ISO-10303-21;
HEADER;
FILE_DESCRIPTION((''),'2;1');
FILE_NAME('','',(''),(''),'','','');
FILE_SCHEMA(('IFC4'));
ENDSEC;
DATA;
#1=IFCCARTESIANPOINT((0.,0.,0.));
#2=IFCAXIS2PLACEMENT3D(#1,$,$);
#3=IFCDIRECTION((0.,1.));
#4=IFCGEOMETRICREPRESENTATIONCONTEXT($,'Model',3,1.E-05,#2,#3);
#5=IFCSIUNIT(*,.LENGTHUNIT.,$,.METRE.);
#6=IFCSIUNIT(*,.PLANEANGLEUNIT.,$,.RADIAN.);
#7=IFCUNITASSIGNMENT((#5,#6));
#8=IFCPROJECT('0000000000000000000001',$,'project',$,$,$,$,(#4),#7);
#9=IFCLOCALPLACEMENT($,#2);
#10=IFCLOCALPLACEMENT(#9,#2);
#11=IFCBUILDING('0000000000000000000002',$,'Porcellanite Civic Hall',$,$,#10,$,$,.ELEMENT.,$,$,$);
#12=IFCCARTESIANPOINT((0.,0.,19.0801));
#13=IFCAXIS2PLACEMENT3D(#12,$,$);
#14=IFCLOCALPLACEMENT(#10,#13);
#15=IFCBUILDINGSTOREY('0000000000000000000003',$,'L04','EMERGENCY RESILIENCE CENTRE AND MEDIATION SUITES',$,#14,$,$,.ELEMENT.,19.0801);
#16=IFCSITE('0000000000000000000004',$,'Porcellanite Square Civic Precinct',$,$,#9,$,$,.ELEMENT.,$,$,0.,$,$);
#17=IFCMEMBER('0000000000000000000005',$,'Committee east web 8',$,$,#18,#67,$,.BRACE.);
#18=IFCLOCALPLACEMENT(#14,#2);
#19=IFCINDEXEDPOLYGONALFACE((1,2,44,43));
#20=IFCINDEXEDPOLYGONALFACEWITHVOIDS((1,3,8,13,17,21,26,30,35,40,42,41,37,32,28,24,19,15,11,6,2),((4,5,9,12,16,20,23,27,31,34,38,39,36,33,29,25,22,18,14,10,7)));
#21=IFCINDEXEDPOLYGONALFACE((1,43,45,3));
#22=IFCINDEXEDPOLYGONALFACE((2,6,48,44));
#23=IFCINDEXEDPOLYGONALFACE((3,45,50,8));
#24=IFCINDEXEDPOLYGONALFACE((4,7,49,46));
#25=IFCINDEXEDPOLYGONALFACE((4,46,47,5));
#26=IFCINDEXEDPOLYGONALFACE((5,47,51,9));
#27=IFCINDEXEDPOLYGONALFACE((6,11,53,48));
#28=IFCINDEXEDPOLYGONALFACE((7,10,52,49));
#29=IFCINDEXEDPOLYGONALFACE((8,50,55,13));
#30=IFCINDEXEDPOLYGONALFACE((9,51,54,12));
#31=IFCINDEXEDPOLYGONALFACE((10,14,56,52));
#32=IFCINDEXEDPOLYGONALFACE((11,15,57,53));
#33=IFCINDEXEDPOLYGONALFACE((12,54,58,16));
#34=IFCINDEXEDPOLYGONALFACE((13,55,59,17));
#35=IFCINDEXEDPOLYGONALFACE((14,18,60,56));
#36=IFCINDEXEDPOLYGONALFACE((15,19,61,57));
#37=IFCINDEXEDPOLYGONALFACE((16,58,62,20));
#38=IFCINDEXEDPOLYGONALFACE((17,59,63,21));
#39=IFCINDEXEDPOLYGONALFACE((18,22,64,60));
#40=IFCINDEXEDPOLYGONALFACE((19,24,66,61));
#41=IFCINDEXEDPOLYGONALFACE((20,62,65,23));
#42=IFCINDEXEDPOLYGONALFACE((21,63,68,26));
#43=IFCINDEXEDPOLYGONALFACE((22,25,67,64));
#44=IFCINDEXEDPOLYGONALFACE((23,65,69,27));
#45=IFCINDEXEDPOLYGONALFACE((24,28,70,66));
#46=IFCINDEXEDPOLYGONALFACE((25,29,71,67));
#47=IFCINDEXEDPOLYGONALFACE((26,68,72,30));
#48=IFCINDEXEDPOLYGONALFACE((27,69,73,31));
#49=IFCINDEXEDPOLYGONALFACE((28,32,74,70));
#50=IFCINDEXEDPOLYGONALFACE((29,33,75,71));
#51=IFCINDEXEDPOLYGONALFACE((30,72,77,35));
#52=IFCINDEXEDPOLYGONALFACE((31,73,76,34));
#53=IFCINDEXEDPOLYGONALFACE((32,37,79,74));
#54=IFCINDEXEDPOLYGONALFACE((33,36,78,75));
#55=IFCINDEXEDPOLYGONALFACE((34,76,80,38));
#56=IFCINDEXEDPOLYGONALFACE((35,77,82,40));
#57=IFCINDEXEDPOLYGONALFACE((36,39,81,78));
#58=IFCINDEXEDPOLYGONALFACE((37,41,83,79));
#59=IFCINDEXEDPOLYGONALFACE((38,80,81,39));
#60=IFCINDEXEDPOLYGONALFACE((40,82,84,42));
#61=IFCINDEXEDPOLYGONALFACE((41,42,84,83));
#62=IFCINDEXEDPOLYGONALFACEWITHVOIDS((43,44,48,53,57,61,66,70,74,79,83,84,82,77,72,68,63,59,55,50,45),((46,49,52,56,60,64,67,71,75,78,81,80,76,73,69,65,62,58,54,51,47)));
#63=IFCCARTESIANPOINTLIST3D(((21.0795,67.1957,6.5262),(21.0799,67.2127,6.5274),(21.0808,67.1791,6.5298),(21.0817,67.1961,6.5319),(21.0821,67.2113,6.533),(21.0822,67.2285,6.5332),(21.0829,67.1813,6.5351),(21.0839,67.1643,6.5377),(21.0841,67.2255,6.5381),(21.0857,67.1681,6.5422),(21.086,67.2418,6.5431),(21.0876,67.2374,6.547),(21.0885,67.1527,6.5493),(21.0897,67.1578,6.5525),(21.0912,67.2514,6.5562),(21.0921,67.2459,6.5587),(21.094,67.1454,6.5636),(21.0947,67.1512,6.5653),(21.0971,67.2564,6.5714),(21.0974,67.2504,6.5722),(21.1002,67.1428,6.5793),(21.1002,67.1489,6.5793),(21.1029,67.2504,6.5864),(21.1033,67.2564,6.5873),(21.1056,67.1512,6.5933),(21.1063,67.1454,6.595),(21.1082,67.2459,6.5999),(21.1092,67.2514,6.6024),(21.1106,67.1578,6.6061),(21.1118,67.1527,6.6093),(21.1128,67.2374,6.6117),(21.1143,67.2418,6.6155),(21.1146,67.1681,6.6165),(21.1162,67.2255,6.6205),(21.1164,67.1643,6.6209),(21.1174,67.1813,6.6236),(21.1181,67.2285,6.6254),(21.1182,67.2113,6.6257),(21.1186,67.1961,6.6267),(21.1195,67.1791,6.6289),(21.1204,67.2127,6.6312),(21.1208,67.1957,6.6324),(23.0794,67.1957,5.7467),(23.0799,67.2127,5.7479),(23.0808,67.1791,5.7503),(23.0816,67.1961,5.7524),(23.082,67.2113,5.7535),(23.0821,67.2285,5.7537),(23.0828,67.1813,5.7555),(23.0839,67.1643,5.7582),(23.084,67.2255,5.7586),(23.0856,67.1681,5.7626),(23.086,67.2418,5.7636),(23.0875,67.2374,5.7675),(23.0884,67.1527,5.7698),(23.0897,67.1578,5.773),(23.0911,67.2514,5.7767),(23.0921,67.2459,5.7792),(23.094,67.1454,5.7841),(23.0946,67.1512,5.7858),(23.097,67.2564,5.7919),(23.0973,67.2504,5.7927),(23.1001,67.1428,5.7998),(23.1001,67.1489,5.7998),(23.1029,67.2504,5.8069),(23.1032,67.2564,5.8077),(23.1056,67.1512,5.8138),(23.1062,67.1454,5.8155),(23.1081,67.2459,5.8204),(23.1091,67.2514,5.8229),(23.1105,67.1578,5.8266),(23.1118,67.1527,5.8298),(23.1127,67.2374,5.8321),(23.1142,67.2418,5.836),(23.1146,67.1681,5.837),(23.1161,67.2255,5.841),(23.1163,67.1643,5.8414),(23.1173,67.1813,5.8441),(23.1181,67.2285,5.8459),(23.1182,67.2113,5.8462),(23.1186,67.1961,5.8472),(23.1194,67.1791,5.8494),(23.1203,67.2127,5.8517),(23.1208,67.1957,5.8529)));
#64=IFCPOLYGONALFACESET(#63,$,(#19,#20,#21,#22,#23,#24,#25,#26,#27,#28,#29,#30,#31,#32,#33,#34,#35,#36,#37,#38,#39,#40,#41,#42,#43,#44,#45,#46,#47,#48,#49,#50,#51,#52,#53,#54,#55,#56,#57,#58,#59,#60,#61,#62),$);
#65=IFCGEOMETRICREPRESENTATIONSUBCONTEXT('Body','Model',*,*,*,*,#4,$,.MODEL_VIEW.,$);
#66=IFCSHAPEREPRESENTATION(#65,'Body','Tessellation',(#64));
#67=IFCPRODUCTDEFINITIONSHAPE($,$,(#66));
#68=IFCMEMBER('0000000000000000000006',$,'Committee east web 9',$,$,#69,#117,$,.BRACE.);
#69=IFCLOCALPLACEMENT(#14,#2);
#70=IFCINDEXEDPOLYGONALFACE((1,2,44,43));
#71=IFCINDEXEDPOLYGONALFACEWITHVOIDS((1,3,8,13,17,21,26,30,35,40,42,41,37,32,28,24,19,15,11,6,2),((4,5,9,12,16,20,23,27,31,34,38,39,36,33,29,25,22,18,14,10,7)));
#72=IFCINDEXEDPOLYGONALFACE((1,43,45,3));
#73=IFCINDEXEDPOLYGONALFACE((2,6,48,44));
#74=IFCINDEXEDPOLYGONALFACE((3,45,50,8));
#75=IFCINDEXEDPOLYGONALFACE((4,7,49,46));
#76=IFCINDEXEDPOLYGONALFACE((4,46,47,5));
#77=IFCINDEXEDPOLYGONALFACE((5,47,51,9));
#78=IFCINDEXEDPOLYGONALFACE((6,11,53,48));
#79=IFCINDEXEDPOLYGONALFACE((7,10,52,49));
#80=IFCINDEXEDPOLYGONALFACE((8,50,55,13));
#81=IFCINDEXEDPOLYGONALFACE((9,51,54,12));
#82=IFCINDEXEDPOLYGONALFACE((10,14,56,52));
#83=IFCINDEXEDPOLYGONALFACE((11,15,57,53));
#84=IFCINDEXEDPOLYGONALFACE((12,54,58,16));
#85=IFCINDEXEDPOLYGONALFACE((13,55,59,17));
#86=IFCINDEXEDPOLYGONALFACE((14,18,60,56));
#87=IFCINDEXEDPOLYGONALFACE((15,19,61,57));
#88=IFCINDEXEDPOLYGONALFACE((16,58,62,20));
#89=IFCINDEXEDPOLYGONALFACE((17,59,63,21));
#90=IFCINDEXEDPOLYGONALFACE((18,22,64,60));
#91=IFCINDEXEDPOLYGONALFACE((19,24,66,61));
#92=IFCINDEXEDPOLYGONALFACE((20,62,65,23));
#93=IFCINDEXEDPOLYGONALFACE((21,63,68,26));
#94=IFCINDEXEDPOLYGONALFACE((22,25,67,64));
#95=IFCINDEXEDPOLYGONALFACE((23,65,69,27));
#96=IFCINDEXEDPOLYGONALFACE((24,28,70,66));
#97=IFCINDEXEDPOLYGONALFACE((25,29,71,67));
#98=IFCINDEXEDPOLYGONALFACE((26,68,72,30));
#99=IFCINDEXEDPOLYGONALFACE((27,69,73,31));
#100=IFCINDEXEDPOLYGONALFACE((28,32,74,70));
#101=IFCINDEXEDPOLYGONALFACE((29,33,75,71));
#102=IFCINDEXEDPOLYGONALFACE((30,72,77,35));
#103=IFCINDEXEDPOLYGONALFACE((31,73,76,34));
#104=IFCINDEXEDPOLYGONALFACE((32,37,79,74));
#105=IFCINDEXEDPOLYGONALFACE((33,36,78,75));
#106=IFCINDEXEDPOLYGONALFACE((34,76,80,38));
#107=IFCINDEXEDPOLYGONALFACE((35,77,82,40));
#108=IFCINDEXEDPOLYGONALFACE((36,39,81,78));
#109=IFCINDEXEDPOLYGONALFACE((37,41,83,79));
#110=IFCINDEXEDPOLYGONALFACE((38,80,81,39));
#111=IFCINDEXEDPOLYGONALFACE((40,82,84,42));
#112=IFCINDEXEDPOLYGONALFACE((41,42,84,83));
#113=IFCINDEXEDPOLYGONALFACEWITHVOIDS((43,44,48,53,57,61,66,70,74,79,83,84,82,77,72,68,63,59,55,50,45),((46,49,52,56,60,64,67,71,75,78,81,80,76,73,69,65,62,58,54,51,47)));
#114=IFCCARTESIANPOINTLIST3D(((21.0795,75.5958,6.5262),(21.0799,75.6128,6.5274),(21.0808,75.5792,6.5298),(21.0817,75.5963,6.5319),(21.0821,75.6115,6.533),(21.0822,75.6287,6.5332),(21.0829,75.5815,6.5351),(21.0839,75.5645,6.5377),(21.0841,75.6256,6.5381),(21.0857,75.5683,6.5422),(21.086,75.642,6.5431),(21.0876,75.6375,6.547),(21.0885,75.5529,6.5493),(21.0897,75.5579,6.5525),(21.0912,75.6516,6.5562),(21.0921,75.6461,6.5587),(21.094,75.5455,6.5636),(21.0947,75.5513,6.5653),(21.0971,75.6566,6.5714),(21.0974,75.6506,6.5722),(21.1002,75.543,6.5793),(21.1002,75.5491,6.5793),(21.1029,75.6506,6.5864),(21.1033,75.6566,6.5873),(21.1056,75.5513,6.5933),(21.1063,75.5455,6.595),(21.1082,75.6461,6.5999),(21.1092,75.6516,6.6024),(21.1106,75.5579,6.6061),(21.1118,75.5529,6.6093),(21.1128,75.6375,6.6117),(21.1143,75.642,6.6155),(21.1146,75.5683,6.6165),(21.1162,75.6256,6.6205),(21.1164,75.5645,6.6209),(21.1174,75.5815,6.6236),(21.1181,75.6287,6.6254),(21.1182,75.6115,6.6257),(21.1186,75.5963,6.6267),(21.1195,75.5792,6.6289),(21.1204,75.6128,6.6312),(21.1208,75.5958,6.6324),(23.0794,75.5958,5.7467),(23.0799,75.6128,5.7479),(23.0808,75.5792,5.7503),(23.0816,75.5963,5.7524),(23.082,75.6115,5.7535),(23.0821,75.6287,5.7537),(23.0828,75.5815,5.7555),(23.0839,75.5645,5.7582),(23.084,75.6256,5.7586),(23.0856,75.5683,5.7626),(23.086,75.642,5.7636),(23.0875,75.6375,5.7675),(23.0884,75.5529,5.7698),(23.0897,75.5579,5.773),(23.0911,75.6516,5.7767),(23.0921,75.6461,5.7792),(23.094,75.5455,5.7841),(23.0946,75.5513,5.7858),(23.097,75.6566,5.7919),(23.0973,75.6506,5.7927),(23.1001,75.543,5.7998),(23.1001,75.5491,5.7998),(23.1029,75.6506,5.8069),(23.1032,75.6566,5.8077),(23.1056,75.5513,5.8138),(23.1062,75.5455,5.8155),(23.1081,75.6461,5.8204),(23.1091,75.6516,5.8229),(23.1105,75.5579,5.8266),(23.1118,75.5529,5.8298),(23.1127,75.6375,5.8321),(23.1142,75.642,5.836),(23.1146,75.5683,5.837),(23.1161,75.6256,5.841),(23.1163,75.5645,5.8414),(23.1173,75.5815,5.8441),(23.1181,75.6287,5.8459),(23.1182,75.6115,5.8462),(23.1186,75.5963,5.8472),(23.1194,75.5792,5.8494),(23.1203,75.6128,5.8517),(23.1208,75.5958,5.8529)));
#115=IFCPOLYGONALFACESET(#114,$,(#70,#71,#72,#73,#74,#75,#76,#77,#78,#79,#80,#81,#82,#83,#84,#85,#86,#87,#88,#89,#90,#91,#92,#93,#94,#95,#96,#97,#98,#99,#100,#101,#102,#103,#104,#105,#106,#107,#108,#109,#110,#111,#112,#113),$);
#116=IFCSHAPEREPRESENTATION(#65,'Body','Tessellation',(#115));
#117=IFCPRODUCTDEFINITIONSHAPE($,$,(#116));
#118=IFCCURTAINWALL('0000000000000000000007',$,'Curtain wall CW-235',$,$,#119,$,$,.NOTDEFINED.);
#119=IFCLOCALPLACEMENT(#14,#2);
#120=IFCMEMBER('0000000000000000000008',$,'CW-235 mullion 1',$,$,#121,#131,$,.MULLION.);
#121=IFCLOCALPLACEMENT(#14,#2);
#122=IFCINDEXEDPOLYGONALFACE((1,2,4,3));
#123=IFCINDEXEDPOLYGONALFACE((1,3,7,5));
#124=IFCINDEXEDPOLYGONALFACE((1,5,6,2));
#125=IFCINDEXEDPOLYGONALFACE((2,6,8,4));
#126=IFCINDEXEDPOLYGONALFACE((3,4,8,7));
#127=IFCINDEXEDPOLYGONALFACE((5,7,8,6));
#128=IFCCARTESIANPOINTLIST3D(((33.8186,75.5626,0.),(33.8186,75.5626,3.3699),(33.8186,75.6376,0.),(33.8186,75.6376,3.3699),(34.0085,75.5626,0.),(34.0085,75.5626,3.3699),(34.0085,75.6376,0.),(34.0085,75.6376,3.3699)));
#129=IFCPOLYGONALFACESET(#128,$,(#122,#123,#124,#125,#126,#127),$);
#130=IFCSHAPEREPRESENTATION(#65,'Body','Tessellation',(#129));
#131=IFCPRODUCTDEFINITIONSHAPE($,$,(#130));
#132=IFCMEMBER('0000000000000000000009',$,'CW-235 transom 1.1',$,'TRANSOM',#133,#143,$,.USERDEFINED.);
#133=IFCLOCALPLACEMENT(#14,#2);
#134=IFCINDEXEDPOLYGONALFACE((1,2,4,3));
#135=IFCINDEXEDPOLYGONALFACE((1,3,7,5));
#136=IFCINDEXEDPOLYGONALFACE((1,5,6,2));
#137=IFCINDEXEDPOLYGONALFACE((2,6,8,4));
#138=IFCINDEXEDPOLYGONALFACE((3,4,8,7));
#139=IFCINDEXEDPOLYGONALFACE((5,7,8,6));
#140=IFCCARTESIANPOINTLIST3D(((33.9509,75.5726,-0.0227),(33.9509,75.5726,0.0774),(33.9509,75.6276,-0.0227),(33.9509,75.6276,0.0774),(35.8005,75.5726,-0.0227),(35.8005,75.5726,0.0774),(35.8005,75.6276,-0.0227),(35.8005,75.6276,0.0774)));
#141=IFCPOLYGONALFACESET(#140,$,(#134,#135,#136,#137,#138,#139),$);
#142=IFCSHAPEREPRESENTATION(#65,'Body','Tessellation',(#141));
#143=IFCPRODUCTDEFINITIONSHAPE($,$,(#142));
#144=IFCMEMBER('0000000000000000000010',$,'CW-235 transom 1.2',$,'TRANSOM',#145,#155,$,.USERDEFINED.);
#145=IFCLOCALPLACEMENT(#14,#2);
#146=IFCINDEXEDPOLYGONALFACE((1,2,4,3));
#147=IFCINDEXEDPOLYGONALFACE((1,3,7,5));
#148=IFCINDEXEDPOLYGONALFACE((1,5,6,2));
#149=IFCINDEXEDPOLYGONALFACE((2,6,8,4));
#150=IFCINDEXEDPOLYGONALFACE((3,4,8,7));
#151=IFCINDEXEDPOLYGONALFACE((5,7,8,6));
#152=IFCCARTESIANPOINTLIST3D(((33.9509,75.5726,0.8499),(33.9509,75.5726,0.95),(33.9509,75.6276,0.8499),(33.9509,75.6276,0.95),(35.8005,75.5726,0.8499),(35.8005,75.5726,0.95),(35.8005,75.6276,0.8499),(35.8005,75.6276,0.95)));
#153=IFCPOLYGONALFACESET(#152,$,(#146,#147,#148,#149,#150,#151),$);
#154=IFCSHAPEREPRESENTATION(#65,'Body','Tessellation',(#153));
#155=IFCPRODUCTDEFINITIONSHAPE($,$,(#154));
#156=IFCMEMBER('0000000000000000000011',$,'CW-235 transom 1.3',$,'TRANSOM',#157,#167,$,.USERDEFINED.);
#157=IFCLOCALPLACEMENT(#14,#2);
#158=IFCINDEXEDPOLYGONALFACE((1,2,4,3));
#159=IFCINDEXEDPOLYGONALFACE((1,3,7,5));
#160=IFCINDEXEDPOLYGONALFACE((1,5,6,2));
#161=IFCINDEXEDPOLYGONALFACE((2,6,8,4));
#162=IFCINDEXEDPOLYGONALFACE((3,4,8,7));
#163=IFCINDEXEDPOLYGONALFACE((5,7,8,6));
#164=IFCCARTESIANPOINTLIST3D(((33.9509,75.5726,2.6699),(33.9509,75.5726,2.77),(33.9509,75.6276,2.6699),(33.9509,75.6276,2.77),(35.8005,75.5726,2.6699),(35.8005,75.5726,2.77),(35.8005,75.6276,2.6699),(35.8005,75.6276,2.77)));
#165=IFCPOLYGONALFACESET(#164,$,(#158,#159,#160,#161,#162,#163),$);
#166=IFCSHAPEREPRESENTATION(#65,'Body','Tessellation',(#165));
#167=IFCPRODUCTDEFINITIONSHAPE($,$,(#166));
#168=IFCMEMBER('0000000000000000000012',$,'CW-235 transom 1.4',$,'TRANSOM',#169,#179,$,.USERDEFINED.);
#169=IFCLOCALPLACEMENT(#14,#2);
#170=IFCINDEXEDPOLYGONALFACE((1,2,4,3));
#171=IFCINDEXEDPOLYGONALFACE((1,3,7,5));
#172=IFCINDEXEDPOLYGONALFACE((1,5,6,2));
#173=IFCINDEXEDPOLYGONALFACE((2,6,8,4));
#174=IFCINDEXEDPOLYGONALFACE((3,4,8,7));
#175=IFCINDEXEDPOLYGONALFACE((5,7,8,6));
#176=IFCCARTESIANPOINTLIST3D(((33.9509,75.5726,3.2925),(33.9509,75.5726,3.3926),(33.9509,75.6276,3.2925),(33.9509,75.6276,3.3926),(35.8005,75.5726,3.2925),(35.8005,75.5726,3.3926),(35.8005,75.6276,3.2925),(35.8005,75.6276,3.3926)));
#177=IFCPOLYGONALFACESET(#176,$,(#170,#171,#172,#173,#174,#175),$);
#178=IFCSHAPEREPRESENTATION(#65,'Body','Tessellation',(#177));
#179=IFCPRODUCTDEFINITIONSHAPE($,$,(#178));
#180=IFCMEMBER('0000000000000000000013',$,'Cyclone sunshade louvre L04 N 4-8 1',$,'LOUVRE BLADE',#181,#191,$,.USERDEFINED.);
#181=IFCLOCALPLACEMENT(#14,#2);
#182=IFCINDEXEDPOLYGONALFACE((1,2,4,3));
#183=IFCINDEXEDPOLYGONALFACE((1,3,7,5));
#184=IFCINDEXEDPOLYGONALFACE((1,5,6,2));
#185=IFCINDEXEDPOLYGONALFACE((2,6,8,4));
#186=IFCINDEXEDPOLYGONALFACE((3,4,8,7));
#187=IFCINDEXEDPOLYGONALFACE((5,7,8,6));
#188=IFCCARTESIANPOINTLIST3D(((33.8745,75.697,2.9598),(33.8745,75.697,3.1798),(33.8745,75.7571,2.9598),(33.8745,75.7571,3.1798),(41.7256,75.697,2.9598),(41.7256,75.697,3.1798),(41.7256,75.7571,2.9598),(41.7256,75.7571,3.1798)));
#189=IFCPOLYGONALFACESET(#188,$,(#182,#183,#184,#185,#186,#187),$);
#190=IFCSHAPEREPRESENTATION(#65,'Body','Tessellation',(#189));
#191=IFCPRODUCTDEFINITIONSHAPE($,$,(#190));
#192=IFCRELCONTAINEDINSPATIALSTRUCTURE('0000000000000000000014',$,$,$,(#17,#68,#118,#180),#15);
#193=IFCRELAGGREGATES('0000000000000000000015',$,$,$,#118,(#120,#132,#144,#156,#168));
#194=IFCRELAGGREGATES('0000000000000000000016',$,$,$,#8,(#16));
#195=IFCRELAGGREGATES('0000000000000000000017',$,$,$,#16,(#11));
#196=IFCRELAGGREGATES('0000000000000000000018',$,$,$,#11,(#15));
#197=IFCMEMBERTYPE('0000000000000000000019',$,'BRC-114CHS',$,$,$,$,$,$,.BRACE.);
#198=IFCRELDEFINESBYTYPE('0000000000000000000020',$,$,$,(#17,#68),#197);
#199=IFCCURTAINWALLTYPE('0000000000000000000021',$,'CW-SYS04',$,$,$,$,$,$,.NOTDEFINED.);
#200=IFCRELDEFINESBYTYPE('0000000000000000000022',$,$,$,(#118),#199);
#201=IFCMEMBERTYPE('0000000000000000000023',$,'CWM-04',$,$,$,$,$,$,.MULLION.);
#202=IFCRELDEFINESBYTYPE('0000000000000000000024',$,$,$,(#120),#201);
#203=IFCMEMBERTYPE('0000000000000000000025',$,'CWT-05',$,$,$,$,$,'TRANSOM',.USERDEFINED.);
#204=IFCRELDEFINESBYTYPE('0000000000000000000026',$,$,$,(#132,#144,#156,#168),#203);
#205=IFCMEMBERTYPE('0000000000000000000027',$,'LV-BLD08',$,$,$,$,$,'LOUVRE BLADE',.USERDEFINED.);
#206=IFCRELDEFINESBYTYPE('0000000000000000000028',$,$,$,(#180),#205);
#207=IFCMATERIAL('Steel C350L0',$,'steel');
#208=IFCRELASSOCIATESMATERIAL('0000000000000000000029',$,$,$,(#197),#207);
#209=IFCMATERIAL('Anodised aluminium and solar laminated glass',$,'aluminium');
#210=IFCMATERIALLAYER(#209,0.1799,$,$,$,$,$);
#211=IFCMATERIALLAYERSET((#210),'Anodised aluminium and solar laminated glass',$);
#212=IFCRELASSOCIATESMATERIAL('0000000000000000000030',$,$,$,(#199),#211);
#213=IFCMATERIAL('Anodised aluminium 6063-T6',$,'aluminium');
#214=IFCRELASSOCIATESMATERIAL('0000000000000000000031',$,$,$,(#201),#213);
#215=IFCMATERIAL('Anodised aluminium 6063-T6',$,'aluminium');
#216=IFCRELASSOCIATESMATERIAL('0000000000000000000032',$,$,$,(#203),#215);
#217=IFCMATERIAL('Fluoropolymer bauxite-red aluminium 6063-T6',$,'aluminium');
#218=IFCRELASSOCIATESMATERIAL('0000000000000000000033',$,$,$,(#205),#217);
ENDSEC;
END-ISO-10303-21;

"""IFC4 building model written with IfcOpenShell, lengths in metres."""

from ifc_helpers import new_model, si_unit, direction, frame, origin, origin_2d, place, context, subcontext, project, spatial, rectangle, hollow_circle, extrude, material, layer, layer_set, material_profile, profile_set, type_object, element, aggregate, save


model = new_model("IFC4")

# Units and contexts
model_context = context("Model", 3, precision=1e-05, world=origin(), true_north=direction((0.0, 1.0)))
body_context = subcontext(model_context, "Body", "Model", "MODEL_VIEW")
ifc_project = project(units=[si_unit("LENGTHUNIT", "METRE"), si_unit("PLANEANGLEUNIT", "RADIAN")], contexts=[model_context])

# Site, building, storey
site_placement = place(None, origin())
site = spatial("IfcSite", under=ifc_project, at=site_placement, Name="Porcellanite Square Civic Precinct", CompositionType="ELEMENT", RefElevation=0.0)
building_placement = place(site_placement, origin())
building = spatial("IfcBuilding", under=site, at=building_placement, Name="Porcellanite Civic Hall", CompositionType="ELEMENT")
storey_placement = place(building_placement, frame((0.0, 0.0, 19.0801)))
storey = spatial("IfcBuildingStorey", under=building, at=storey_placement, Name="L04", Description="EMERGENCY RESILIENCE CENTRE AND MEDIATION SUITES", CompositionType="ELEMENT", Elevation=19.0801)

# Members
ifc_material_1 = material(Name="Steel C350L0", Category="steel")
ifc_material_profile_1 = material_profile(ifc_material_1, hollow_circle(Radius=0.0571, WallThickness=0.0061, at=origin_2d()), Name="114.3x6.0CHS")
ifc_profile_set_1 = profile_set([ifc_material_profile_1], Name="Steel C350L0")
member_type_1 = type_object("IfcMemberType", Name="BRC-114CHS", PredefinedType="BRACE", material=ifc_profile_set_1)
for number, where, z_axis, x_axis, name in (
    (1, (23.1001, 67.2, 5.7998), (-0.931727, 0.0, 0.36316), (0.0, -1.0, 0.0), "Committee east web 8"),
    (2, (23.1001, 75.6001, 5.7998), (-0.931727, 0.0, 0.36316), (0.0, -1.0, 0.0), "Committee east web 9"),
):
    element("IfcMember", number, at=place(storey_placement, frame(where, z_axis=z_axis, x_axis=x_axis)), inside=storey, type_object=member_type_1, Name=name, PredefinedType="BRACE", context=body_context, shape_type="SweptSolid", body=[
        extrude(hollow_circle(Radius=0.0571, WallThickness=0.0061, at=origin_2d()), origin(), (0.0, 0.0, 1.0), 2.1465),
    ])

# Curtain wall, members
ifc_material_2 = material(Name="Anodised aluminium and solar laminated glass", Category="aluminium")
ifc_layer_1 = layer(ifc_material_2, 0.1799)
ifc_layer_set_1 = layer_set([ifc_layer_1], Name="Anodised aluminium and solar laminated glass")
curtain_wall_type = type_object("IfcCurtainWallType", Name="CW-SYS04", PredefinedType="NOTDEFINED", material=ifc_layer_set_1)
curtain_wall_placement = place(storey_placement, origin())
curtain_wall = element("IfcCurtainWall", 3, at=curtain_wall_placement, inside=storey, type_object=curtain_wall_type, Name="Curtain wall CW-235", PredefinedType="NOTDEFINED")
ifc_material_3 = material(Name="Anodised aluminium 6063-T6", Category="aluminium")
ifc_material_profile_2 = material_profile(ifc_material_3, rectangle(XDim=0.075, YDim=0.1899, at=origin_2d()), Name="AL-75x190")
ifc_profile_set_2 = profile_set([ifc_material_profile_2], Name="Anodised aluminium 6063-T6")
member_type_2 = type_object("IfcMemberType", Name="CWM-04", PredefinedType="MULLION", material=ifc_profile_set_2)
member_1_placement = place(storey_placement, frame((33.9136, 75.6001, 0.0), z_axis=(0.0, 0.0, 1.0), x_axis=(0.0, 1.0, 0.0)))
member_1 = element("IfcMember", 4, at=member_1_placement, type_object=member_type_2, Name="CW-235 mullion 1", PredefinedType="MULLION", context=body_context, shape_type="SweptSolid", body=[
    extrude(rectangle(XDim=0.075, YDim=0.1899, at=origin_2d()), origin(), (0.0, 0.0, 1.0), 3.3699),
])
ifc_material_4 = material(Name="Anodised aluminium 6063-T6", Category="aluminium")
ifc_material_profile_3 = material_profile(ifc_material_4, rectangle(XDim=0.0549, YDim=0.1001, at=origin_2d()), Name="AL-55x100")
ifc_profile_set_3 = profile_set([ifc_material_profile_3], Name="Anodised aluminium 6063-T6")
member_type_3 = type_object("IfcMemberType", Name="CWT-05", ElementType="TRANSOM", PredefinedType="USERDEFINED", material=ifc_profile_set_3)
member_2_placement = place(storey_placement, frame((33.9509, 75.6001, 0.0273), z_axis=(1.0, 0.0, 0.0), x_axis=(0.0, 1.0, 0.0)))
member_2 = element("IfcMember", 5, at=member_2_placement, type_object=member_type_3, Name="CW-235 transom 1.1", ObjectType="TRANSOM", PredefinedType="USERDEFINED", context=body_context, shape_type="SweptSolid", body=[
    extrude(rectangle(XDim=0.0549, YDim=0.1001, at=origin_2d()), origin(), (0.0, 0.0, 1.0), 1.8496),
])
member_3_placement = place(storey_placement, frame((33.9509, 75.6001, 0.8999), z_axis=(1.0, 0.0, 0.0), x_axis=(0.0, 1.0, 0.0)))
member_3 = element("IfcMember", 6, at=member_3_placement, type_object=member_type_3, Name="CW-235 transom 1.2", ObjectType="TRANSOM", PredefinedType="USERDEFINED", context=body_context, shape_type="SweptSolid", body=[
    extrude(rectangle(XDim=0.0549, YDim=0.1001, at=origin_2d()), origin(), (0.0, 0.0, 1.0), 1.8496),
])
member_4_placement = place(storey_placement, frame((33.9509, 75.6001, 2.72), z_axis=(1.0, 0.0, 0.0), x_axis=(0.0, 1.0, 0.0)))
member_4 = element("IfcMember", 7, at=member_4_placement, type_object=member_type_3, Name="CW-235 transom 1.3", ObjectType="TRANSOM", PredefinedType="USERDEFINED", context=body_context, shape_type="SweptSolid", body=[
    extrude(rectangle(XDim=0.0549, YDim=0.1001, at=origin_2d()), origin(), (0.0, 0.0, 1.0), 1.8496),
])
member_5_placement = place(storey_placement, frame((33.9509, 75.6001, 3.3425), z_axis=(1.0, 0.0, 0.0), x_axis=(0.0, 1.0, 0.0)))
member_5 = element("IfcMember", 8, at=member_5_placement, type_object=member_type_3, Name="CW-235 transom 1.4", ObjectType="TRANSOM", PredefinedType="USERDEFINED", context=body_context, shape_type="SweptSolid", body=[
    extrude(rectangle(XDim=0.0549, YDim=0.1001, at=origin_2d()), origin(), (0.0, 0.0, 1.0), 1.8496),
])

# Member
ifc_material_5 = material(Name="Fluoropolymer bauxite-red aluminium 6063-T6", Category="aluminium")
ifc_material_profile_4 = material_profile(ifc_material_5, rectangle(XDim=0.0601, YDim=0.22, at=origin_2d()), Name="AL-60x220")
ifc_profile_set_4 = profile_set([ifc_material_profile_4], Name="Fluoropolymer bauxite-red aluminium 6063-T6")
member_type_4 = type_object("IfcMemberType", Name="LV-BLD08", ElementType="LOUVRE BLADE", PredefinedType="USERDEFINED", material=ifc_profile_set_4)
for number, where, z_axis, x_axis, name in (
    (9, (33.8745, 75.7271, 3.0698), (1.0, 0.0, 0.0), (0.0, 1.0, 0.0), "Cyclone sunshade louvre L04 N 4-8 1"),
):
    element("IfcMember", number, at=place(storey_placement, frame(where, z_axis=z_axis, x_axis=x_axis)), inside=storey, type_object=member_type_4, Name=name, ObjectType="LOUVRE BLADE", PredefinedType="USERDEFINED", context=body_context, shape_type="SweptSolid", body=[
        extrude(rectangle(XDim=0.0601, YDim=0.22, at=origin_2d()), origin(), (0.0, 0.0, 1.0), 7.8511),
    ])

aggregate(curtain_wall, [member_1, member_2, member_3, member_4, member_5])

save(model, "model.ifc")
